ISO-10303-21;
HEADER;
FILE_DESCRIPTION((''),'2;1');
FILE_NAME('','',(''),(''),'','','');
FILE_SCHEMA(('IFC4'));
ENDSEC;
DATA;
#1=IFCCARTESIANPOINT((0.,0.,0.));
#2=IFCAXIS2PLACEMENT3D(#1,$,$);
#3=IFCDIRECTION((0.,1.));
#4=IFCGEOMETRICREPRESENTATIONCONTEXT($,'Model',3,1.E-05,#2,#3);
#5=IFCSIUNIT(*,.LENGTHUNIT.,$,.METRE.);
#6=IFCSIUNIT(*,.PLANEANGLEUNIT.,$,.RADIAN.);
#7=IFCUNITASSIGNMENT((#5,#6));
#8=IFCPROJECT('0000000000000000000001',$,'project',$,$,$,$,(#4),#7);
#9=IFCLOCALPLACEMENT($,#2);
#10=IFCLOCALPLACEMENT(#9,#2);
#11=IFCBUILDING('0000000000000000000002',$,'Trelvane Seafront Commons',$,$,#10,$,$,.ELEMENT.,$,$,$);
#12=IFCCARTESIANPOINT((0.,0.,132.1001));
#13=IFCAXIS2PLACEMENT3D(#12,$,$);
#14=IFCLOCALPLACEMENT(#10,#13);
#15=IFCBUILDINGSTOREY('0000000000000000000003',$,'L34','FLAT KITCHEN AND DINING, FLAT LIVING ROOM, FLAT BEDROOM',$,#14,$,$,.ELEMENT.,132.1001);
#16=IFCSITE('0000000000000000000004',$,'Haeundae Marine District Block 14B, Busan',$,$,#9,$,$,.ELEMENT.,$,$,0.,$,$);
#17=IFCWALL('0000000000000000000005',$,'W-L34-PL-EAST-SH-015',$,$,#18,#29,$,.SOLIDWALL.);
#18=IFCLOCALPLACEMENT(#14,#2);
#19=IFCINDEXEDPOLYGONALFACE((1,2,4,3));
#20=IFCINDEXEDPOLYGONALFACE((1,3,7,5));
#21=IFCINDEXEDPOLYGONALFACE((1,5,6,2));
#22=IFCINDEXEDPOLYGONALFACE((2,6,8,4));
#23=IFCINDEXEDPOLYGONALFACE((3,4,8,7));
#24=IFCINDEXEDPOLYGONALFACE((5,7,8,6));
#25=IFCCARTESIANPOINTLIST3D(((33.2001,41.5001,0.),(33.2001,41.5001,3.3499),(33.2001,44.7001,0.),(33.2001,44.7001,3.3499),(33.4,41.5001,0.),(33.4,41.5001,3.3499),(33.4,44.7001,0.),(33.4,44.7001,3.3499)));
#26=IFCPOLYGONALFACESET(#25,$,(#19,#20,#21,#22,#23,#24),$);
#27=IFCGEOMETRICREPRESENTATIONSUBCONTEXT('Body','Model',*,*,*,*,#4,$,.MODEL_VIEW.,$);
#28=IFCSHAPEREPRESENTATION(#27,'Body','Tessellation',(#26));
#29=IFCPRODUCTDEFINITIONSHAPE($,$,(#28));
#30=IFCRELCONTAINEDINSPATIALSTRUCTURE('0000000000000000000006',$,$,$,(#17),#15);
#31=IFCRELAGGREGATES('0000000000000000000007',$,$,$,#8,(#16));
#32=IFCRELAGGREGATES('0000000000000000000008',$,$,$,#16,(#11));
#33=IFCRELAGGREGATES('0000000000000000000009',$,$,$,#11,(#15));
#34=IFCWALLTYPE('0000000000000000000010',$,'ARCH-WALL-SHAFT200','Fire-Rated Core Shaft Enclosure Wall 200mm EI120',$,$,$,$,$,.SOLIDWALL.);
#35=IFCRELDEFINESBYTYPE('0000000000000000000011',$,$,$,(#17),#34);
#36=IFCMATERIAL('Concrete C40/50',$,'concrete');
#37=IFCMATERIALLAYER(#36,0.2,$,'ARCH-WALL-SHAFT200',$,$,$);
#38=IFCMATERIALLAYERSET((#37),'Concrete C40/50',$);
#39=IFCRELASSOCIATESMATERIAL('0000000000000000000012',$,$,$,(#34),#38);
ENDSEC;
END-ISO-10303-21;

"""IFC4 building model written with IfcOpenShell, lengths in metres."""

from ifc_helpers import new_model, si_unit, direction, frame, frame_2d, origin, place, context, subcontext, project, spatial, rectangle, extrude, material, layer, layer_set, type_object, element, save


model = new_model("IFC4")

# Units and contexts
model_context = context("Model", 3, precision=1e-05, world=origin(), true_north=direction((0.0, 1.0)))
body_context = subcontext(model_context, "Body", "Model", "MODEL_VIEW")
ifc_project = project(units=[si_unit("LENGTHUNIT", "METRE"), si_unit("PLANEANGLEUNIT", "RADIAN")], contexts=[model_context])

# Site, building, storey
site_placement = place(None, origin())
site = spatial("IfcSite", under=ifc_project, at=site_placement, Name="Haeundae Marine District Block 14B, Busan", CompositionType="ELEMENT", RefElevation=0.0)
building_placement = place(site_placement, origin())
building = spatial("IfcBuilding", under=site, at=building_placement, Name="Trelvane Seafront Commons", CompositionType="ELEMENT")
storey_placement = place(building_placement, frame((0.0, 0.0, 132.1001)))
storey = spatial("IfcBuildingStorey", under=building, at=storey_placement, Name="L34", Description="FLAT KITCHEN AND DINING, FLAT LIVING ROOM, FLAT BEDROOM", CompositionType="ELEMENT", Elevation=132.1001)

# Shared definitions
ifc_material_1 = material(Name="Concrete C40/50", Category="concrete")

# Wall
ifc_layer_1 = layer(ifc_material_1, 0.2, Name="ARCH-WALL-SHAFT200")
ifc_layer_set_1 = layer_set([ifc_layer_1], Name="Concrete C40/50")
wall_type_1 = type_object("IfcWallType", Name="ARCH-WALL-SHAFT200", Description="Fire-Rated Core Shaft Enclosure Wall 200mm EI120", PredefinedType="SOLIDWALL", material=ifc_layer_set_1)
wall_1_placement = place(storey_placement, frame((33.3, 41.5, 0.0), z_axis=(0.0, 0.0, 1.0), x_axis=(0.0, 1.0, 0.0)))
element("IfcWall", 1, at=wall_1_placement, inside=storey, type_object=wall_type_1, Name="W-L34-PL-EAST-SH-015", PredefinedType="SOLIDWALL", context=body_context, shape_type="SweptSolid", body=[
    extrude(rectangle(XDim=3.2, YDim=0.2, at=frame_2d((1.6001, 0.0))), origin(), (0.0, 0.0, 1.0), 3.3499),
])

save(model, "model.ifc")
